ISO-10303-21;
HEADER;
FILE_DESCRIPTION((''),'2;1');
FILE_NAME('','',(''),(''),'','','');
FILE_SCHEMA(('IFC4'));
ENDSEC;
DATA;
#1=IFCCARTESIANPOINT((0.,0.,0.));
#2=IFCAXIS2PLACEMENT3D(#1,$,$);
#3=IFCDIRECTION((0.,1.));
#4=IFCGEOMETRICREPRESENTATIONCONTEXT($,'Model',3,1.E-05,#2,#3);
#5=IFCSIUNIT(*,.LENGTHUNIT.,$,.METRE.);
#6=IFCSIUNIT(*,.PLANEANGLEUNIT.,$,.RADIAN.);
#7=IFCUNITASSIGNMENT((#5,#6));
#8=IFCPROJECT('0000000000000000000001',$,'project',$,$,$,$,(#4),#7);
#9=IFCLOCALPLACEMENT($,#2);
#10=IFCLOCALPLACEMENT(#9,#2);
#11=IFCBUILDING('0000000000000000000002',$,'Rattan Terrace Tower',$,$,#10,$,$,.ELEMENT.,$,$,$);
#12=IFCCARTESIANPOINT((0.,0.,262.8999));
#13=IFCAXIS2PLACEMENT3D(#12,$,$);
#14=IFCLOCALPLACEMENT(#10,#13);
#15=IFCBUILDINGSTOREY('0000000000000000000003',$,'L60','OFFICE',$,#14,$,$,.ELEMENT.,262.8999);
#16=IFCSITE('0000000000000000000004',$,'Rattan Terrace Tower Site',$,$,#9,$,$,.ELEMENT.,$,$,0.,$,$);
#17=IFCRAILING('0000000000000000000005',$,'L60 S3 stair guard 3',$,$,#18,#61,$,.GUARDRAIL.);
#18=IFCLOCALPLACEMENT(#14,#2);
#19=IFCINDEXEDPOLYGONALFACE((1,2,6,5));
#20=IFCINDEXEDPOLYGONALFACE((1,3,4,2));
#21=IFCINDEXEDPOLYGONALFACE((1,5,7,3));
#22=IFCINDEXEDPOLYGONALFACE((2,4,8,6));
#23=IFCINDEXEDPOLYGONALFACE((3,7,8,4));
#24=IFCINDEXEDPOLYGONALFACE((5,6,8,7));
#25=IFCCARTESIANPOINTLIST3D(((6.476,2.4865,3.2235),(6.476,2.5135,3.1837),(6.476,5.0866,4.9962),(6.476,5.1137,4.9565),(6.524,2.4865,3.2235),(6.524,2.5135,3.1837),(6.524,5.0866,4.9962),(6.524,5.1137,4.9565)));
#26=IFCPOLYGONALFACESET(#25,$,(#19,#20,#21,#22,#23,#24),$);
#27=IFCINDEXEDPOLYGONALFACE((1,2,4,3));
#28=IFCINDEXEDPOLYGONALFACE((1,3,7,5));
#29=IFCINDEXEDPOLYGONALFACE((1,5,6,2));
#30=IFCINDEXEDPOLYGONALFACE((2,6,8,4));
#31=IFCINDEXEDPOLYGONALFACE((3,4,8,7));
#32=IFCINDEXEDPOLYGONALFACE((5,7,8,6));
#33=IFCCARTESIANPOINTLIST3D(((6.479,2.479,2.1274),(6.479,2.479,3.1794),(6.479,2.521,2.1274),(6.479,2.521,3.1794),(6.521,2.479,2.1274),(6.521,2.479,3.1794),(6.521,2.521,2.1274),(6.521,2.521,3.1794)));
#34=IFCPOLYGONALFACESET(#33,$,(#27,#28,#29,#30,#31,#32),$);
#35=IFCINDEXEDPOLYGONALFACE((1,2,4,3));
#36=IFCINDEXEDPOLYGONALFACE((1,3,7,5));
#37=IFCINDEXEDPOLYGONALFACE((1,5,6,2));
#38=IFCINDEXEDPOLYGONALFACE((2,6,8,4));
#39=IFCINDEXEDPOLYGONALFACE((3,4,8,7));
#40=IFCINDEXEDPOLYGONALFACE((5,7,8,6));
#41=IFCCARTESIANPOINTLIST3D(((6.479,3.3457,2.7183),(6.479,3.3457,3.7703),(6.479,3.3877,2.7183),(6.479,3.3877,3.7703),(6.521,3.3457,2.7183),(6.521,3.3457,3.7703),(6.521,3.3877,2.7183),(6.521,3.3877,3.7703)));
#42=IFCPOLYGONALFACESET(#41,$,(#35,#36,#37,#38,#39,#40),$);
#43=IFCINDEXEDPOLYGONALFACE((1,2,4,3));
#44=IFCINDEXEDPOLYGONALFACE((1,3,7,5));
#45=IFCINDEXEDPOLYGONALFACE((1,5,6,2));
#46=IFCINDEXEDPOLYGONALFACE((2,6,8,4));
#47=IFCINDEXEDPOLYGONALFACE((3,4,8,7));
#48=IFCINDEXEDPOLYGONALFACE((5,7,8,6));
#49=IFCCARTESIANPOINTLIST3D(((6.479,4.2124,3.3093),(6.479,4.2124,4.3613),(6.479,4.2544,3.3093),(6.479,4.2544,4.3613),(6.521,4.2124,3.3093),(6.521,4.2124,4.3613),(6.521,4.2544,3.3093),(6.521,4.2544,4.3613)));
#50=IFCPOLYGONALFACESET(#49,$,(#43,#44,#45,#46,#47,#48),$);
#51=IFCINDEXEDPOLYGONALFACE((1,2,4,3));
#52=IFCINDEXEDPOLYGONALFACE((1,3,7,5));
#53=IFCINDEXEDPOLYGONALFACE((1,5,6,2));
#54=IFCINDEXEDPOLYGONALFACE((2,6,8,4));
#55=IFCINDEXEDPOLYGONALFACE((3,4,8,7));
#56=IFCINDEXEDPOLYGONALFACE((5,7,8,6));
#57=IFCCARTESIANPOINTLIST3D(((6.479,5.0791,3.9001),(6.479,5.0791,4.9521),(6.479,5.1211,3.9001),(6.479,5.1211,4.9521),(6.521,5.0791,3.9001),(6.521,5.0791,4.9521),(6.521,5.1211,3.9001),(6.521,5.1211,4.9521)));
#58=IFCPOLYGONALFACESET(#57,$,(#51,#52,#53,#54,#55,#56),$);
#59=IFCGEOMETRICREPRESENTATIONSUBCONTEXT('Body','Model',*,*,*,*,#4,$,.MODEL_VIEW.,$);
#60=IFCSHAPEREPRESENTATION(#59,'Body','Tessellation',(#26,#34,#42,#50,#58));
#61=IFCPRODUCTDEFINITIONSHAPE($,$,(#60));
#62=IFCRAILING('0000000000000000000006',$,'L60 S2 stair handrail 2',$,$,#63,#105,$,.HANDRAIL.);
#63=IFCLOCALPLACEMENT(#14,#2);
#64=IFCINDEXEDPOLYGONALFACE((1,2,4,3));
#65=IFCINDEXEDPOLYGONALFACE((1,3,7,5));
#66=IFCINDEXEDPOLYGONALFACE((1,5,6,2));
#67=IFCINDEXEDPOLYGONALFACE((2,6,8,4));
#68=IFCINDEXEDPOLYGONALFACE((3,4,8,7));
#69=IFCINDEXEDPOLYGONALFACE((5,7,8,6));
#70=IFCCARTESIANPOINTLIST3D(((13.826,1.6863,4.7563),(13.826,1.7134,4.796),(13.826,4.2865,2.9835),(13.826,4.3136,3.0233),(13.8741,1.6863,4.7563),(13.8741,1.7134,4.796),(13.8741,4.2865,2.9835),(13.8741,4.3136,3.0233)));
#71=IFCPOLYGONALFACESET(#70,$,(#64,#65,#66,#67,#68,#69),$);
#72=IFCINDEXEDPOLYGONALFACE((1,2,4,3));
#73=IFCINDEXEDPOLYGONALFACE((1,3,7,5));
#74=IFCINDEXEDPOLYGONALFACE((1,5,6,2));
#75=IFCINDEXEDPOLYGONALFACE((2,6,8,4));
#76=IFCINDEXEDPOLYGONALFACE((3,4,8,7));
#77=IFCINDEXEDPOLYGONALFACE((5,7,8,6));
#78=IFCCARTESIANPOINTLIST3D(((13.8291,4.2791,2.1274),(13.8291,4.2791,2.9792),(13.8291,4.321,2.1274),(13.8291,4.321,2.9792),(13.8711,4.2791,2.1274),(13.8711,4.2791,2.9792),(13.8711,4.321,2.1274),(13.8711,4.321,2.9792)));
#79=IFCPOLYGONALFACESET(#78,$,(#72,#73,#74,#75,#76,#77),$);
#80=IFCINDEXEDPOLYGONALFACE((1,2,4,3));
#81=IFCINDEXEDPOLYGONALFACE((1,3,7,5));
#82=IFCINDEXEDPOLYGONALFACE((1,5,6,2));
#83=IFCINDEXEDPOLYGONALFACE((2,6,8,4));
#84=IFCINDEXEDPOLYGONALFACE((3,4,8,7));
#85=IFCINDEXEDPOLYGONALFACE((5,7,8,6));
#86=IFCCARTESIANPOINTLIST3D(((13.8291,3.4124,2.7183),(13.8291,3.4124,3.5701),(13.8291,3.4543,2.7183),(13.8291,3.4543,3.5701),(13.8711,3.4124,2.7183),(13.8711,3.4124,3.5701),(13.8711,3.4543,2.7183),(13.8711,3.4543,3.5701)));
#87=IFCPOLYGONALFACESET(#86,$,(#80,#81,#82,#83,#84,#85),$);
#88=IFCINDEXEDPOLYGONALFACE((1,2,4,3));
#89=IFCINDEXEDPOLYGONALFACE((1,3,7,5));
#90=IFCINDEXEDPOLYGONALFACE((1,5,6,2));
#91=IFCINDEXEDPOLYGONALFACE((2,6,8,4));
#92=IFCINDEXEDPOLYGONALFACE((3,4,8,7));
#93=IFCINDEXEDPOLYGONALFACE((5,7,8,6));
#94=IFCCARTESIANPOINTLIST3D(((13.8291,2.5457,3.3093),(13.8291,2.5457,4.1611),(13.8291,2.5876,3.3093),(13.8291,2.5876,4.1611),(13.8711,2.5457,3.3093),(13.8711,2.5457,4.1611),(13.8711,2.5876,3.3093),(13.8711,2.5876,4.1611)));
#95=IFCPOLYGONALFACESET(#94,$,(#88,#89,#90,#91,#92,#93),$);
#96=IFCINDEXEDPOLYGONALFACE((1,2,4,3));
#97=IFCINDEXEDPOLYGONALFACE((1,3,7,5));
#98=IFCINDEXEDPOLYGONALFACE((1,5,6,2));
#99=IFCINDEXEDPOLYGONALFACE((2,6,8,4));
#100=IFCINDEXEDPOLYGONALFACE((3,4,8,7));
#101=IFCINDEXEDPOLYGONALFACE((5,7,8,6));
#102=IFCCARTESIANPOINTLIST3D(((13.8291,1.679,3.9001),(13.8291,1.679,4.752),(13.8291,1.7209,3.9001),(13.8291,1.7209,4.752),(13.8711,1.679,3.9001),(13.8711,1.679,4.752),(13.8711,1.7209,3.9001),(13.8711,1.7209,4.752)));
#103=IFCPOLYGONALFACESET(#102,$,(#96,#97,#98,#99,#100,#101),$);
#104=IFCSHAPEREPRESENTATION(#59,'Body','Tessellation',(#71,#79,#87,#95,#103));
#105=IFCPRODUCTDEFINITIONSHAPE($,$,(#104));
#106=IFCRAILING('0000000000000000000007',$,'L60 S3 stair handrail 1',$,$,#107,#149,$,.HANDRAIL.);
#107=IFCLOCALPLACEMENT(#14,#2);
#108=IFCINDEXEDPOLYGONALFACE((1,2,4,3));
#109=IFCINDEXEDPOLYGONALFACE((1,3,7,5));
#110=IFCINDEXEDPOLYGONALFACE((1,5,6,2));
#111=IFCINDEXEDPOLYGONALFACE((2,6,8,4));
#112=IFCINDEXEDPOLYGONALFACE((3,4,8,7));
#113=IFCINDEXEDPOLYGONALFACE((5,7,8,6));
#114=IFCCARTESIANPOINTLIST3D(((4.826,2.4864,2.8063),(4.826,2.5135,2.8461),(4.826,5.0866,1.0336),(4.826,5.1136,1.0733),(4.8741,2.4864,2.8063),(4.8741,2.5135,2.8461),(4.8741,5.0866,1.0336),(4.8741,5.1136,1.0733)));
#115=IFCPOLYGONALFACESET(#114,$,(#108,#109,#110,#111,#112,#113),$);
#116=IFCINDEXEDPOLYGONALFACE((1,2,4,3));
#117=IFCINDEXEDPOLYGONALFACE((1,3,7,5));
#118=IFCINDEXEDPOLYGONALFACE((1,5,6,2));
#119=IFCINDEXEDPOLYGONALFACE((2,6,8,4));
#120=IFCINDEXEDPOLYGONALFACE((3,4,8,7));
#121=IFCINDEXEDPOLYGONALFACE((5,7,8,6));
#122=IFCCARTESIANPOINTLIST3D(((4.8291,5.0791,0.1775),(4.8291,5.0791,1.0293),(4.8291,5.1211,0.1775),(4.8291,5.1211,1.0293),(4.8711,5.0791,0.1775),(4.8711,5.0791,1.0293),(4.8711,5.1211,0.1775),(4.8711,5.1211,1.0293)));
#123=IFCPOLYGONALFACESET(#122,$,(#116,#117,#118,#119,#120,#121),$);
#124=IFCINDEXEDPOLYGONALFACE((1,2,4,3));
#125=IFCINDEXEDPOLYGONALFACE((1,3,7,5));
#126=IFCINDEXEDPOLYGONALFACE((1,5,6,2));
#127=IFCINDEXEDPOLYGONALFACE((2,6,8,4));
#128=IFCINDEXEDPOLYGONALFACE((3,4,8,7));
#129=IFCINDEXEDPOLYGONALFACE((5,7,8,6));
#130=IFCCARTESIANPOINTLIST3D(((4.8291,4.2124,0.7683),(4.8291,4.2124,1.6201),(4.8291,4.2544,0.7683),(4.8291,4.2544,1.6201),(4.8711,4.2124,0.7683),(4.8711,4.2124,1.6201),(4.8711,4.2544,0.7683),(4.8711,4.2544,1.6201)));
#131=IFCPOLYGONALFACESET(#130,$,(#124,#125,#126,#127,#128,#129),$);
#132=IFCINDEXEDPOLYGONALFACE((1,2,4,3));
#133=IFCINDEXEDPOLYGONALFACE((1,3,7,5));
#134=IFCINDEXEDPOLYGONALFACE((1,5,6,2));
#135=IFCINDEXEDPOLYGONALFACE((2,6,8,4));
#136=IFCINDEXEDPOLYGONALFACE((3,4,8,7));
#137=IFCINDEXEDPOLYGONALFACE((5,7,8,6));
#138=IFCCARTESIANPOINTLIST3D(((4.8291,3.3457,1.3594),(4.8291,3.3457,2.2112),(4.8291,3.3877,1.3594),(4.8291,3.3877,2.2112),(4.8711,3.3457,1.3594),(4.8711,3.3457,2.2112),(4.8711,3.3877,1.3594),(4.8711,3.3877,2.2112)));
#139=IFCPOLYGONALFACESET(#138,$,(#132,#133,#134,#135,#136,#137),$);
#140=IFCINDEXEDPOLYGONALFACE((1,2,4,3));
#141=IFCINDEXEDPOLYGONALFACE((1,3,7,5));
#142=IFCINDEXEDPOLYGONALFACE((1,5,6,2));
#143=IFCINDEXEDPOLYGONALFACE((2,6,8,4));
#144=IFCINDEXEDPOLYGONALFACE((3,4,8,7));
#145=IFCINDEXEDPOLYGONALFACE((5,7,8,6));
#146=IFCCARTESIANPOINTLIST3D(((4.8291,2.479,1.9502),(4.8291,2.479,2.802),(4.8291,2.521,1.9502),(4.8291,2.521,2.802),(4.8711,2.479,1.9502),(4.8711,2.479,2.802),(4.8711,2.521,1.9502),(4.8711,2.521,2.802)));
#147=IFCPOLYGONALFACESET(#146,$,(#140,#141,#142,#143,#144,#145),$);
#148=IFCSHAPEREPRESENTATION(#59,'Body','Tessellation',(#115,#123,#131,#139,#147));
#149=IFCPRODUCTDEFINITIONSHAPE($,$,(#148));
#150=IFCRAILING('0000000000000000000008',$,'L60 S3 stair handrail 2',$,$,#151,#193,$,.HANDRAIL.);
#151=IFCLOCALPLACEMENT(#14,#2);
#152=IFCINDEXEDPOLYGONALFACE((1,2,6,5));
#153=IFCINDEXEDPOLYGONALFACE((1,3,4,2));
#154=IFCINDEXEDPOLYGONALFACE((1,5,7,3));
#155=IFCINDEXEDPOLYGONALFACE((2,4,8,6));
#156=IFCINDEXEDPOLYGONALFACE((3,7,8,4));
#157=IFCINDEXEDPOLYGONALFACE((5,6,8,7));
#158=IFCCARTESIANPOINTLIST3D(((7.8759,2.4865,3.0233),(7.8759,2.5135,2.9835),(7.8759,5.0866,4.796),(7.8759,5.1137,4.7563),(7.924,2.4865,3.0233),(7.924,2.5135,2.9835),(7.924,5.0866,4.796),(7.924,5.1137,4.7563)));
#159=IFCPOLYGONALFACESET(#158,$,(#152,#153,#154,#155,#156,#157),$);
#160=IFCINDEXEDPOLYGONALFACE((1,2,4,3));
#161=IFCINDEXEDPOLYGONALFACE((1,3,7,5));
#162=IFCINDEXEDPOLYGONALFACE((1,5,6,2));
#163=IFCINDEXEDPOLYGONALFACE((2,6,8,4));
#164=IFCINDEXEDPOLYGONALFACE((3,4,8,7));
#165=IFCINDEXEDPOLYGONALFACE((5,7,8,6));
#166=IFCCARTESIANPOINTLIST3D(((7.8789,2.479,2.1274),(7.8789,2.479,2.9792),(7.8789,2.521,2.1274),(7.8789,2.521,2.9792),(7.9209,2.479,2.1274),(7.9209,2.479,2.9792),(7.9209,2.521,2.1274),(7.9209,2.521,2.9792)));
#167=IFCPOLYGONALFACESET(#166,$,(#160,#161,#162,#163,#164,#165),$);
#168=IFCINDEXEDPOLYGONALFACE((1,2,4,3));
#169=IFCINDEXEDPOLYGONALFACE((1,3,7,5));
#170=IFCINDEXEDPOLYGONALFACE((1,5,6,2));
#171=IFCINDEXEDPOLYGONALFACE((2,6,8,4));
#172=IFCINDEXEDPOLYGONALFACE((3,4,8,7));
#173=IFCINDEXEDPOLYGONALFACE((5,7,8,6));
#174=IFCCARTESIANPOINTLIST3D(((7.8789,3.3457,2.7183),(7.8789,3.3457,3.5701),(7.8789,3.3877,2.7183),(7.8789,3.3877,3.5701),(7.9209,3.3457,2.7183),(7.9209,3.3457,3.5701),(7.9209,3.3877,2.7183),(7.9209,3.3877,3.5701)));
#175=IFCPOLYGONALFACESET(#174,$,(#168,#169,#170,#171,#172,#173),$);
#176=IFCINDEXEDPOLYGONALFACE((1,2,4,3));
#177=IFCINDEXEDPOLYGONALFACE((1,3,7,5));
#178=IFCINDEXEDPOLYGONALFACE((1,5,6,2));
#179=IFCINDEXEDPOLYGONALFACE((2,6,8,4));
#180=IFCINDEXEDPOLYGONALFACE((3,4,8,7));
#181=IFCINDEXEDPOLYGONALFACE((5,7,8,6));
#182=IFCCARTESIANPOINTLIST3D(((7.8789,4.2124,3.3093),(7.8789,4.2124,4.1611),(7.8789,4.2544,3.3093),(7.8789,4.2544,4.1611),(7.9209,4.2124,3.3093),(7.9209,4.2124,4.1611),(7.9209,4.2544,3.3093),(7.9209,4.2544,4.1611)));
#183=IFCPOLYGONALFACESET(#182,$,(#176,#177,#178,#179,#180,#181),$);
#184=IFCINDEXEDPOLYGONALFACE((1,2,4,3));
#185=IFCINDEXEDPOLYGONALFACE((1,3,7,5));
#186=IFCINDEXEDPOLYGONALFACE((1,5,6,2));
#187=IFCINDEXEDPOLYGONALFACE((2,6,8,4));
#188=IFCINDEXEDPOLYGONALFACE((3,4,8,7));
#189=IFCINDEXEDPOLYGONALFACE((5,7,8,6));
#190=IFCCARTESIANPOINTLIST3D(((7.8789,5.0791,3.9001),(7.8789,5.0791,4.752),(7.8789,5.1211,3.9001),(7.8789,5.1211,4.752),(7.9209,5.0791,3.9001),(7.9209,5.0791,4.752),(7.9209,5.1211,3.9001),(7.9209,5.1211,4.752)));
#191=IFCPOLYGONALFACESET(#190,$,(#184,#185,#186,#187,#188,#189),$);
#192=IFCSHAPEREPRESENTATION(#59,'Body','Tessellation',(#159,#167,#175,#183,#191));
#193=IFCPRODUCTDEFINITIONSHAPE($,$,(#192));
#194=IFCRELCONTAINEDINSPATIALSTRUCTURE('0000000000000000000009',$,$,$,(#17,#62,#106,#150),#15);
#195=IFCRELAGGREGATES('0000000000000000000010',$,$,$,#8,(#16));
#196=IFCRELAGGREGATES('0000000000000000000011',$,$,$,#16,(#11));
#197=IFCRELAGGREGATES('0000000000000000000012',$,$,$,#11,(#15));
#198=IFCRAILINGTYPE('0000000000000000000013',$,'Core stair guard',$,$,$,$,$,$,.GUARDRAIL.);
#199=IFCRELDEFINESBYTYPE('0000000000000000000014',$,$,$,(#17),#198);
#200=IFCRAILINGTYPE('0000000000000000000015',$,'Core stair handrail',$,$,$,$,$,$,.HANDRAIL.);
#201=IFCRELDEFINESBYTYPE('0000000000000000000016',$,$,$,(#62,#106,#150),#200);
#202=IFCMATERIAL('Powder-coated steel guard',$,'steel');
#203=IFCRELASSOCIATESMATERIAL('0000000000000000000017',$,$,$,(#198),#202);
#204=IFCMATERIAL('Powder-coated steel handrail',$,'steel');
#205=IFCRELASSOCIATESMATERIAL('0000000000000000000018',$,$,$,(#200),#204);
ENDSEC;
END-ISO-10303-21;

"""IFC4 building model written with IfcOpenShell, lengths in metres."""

from ifc_helpers import new_model, si_unit, direction, frame, origin, origin_2d, place, context, subcontext, project, spatial, rectangle, extrude, material, type_object, element, save


model = new_model("IFC4")

# Units and contexts
model_context = context("Model", 3, precision=1e-05, world=origin(), true_north=direction((0.0, 1.0)))
body_context = subcontext(model_context, "Body", "Model", "MODEL_VIEW")
ifc_project = project(units=[si_unit("LENGTHUNIT", "METRE"), si_unit("PLANEANGLEUNIT", "RADIAN")], contexts=[model_context])

# Site, building, storey
site_placement = place(None, origin())
site = spatial("IfcSite", under=ifc_project, at=site_placement, Name="Rattan Terrace Tower Site", CompositionType="ELEMENT", RefElevation=0.0)
building_placement = place(site_placement, origin())
building = spatial("IfcBuilding", under=site, at=building_placement, Name="Rattan Terrace Tower", CompositionType="ELEMENT")
storey_placement = place(building_placement, frame((0.0, 0.0, 262.8999)))
storey = spatial("IfcBuildingStorey", under=building, at=storey_placement, Name="L60", Description="OFFICE", CompositionType="ELEMENT", Elevation=262.8999)

# Railings
ifc_material_1 = material(Name="Powder-coated steel guard", Category="steel")
railing_type_1 = type_object("IfcRailingType", Name="Core stair guard", PredefinedType="GUARDRAIL", material=ifc_material_1)
railing_1_placement = place(storey_placement, frame((6.5, 2.5, 2.1274)))
element("IfcRailing", 1, at=railing_1_placement, inside=storey, type_object=railing_type_1, Name="L60 S3 stair guard 3", PredefinedType="GUARDRAIL", context=body_context, shape_type="SweptSolid", body=[
    extrude(rectangle(XDim=0.0481, YDim=0.0481, at=origin_2d()), frame((0.0, 0.0, 1.0762), z_axis=(0.0, 0.82624, 0.563318), x_axis=(-1.0, 0.0, 0.0)), (0.0, 0.0, 1.0), 3.147),
    extrude(rectangle(XDim=0.042, YDim=0.042, at=origin_2d()), origin(), (0.0, 0.0, 1.0), 1.052),
    extrude(rectangle(XDim=0.042, YDim=0.042, at=origin_2d()), frame((0.0, 0.8667, 0.5908)), (0.0, 0.0, 1.0), 1.052),
    extrude(rectangle(XDim=0.042, YDim=0.042, at=origin_2d()), frame((0.0, 1.7334, 1.1819)), (0.0, 0.0, 1.0), 1.052),
    extrude(rectangle(XDim=0.042, YDim=0.042, at=origin_2d()), frame((0.0, 2.6001, 1.7727)), (0.0, 0.0, 1.0), 1.052),
])
ifc_material_2 = material(Name="Powder-coated steel handrail", Category="steel")
railing_type_2 = type_object("IfcRailingType", Name="Core stair handrail", PredefinedType="HANDRAIL", material=ifc_material_2)
for number, where, name in (
    (2, (13.8501, 4.3, 2.1274), "L60 S2 stair handrail 2"),
    (3, (4.8501, 5.1001, 0.1775), "L60 S3 stair handrail 1"),
):
    element("IfcRailing", number, at=place(storey_placement, frame(where)), inside=storey, type_object=railing_type_2, Name=name, PredefinedType="HANDRAIL", context=body_context, shape_type="SweptSolid", body=[
        extrude(rectangle(XDim=0.0481, YDim=0.0481, at=origin_2d()), frame((0.0, 0.0, 0.876), z_axis=(0.0, -0.82624, 0.563318), x_axis=(1.0, 0.0, 0.0)), (0.0, 0.0, 1.0), 3.147),
        extrude(rectangle(XDim=0.042, YDim=0.042, at=origin_2d()), origin(), (0.0, 0.0, 1.0), 0.8518),
        extrude(rectangle(XDim=0.042, YDim=0.042, at=origin_2d()), frame((0.0, -0.8667, 0.5908)), (0.0, 0.0, 1.0), 0.8518),
        extrude(rectangle(XDim=0.042, YDim=0.042, at=origin_2d()), frame((0.0, -1.7334, 1.1819)), (0.0, 0.0, 1.0), 0.8518),
        extrude(rectangle(XDim=0.042, YDim=0.042, at=origin_2d()), frame((0.0, -2.6001, 1.7727)), (0.0, 0.0, 1.0), 0.8518),
    ])
railing_2_placement = place(storey_placement, frame((7.8999, 2.5, 2.1274)))
element("IfcRailing", 4, at=railing_2_placement, inside=storey, type_object=railing_type_2, Name="L60 S3 stair handrail 2", PredefinedType="HANDRAIL", context=body_context, shape_type="SweptSolid", body=[
    extrude(rectangle(XDim=0.0481, YDim=0.0481, at=origin_2d()), frame((0.0, 0.0, 0.876), z_axis=(0.0, 0.82624, 0.563318), x_axis=(-1.0, 0.0, 0.0)), (0.0, 0.0, 1.0), 3.147),
    extrude(rectangle(XDim=0.042, YDim=0.042, at=origin_2d()), origin(), (0.0, 0.0, 1.0), 0.8518),
    extrude(rectangle(XDim=0.042, YDim=0.042, at=origin_2d()), frame((0.0, 0.8667, 0.5908)), (0.0, 0.0, 1.0), 0.8518),
    extrude(rectangle(XDim=0.042, YDim=0.042, at=origin_2d()), frame((0.0, 1.7334, 1.1819)), (0.0, 0.0, 1.0), 0.8518),
    extrude(rectangle(XDim=0.042, YDim=0.042, at=origin_2d()), frame((0.0, 2.6001, 1.7727)), (0.0, 0.0, 1.0), 0.8518),
])

save(model, "model.ifc")
